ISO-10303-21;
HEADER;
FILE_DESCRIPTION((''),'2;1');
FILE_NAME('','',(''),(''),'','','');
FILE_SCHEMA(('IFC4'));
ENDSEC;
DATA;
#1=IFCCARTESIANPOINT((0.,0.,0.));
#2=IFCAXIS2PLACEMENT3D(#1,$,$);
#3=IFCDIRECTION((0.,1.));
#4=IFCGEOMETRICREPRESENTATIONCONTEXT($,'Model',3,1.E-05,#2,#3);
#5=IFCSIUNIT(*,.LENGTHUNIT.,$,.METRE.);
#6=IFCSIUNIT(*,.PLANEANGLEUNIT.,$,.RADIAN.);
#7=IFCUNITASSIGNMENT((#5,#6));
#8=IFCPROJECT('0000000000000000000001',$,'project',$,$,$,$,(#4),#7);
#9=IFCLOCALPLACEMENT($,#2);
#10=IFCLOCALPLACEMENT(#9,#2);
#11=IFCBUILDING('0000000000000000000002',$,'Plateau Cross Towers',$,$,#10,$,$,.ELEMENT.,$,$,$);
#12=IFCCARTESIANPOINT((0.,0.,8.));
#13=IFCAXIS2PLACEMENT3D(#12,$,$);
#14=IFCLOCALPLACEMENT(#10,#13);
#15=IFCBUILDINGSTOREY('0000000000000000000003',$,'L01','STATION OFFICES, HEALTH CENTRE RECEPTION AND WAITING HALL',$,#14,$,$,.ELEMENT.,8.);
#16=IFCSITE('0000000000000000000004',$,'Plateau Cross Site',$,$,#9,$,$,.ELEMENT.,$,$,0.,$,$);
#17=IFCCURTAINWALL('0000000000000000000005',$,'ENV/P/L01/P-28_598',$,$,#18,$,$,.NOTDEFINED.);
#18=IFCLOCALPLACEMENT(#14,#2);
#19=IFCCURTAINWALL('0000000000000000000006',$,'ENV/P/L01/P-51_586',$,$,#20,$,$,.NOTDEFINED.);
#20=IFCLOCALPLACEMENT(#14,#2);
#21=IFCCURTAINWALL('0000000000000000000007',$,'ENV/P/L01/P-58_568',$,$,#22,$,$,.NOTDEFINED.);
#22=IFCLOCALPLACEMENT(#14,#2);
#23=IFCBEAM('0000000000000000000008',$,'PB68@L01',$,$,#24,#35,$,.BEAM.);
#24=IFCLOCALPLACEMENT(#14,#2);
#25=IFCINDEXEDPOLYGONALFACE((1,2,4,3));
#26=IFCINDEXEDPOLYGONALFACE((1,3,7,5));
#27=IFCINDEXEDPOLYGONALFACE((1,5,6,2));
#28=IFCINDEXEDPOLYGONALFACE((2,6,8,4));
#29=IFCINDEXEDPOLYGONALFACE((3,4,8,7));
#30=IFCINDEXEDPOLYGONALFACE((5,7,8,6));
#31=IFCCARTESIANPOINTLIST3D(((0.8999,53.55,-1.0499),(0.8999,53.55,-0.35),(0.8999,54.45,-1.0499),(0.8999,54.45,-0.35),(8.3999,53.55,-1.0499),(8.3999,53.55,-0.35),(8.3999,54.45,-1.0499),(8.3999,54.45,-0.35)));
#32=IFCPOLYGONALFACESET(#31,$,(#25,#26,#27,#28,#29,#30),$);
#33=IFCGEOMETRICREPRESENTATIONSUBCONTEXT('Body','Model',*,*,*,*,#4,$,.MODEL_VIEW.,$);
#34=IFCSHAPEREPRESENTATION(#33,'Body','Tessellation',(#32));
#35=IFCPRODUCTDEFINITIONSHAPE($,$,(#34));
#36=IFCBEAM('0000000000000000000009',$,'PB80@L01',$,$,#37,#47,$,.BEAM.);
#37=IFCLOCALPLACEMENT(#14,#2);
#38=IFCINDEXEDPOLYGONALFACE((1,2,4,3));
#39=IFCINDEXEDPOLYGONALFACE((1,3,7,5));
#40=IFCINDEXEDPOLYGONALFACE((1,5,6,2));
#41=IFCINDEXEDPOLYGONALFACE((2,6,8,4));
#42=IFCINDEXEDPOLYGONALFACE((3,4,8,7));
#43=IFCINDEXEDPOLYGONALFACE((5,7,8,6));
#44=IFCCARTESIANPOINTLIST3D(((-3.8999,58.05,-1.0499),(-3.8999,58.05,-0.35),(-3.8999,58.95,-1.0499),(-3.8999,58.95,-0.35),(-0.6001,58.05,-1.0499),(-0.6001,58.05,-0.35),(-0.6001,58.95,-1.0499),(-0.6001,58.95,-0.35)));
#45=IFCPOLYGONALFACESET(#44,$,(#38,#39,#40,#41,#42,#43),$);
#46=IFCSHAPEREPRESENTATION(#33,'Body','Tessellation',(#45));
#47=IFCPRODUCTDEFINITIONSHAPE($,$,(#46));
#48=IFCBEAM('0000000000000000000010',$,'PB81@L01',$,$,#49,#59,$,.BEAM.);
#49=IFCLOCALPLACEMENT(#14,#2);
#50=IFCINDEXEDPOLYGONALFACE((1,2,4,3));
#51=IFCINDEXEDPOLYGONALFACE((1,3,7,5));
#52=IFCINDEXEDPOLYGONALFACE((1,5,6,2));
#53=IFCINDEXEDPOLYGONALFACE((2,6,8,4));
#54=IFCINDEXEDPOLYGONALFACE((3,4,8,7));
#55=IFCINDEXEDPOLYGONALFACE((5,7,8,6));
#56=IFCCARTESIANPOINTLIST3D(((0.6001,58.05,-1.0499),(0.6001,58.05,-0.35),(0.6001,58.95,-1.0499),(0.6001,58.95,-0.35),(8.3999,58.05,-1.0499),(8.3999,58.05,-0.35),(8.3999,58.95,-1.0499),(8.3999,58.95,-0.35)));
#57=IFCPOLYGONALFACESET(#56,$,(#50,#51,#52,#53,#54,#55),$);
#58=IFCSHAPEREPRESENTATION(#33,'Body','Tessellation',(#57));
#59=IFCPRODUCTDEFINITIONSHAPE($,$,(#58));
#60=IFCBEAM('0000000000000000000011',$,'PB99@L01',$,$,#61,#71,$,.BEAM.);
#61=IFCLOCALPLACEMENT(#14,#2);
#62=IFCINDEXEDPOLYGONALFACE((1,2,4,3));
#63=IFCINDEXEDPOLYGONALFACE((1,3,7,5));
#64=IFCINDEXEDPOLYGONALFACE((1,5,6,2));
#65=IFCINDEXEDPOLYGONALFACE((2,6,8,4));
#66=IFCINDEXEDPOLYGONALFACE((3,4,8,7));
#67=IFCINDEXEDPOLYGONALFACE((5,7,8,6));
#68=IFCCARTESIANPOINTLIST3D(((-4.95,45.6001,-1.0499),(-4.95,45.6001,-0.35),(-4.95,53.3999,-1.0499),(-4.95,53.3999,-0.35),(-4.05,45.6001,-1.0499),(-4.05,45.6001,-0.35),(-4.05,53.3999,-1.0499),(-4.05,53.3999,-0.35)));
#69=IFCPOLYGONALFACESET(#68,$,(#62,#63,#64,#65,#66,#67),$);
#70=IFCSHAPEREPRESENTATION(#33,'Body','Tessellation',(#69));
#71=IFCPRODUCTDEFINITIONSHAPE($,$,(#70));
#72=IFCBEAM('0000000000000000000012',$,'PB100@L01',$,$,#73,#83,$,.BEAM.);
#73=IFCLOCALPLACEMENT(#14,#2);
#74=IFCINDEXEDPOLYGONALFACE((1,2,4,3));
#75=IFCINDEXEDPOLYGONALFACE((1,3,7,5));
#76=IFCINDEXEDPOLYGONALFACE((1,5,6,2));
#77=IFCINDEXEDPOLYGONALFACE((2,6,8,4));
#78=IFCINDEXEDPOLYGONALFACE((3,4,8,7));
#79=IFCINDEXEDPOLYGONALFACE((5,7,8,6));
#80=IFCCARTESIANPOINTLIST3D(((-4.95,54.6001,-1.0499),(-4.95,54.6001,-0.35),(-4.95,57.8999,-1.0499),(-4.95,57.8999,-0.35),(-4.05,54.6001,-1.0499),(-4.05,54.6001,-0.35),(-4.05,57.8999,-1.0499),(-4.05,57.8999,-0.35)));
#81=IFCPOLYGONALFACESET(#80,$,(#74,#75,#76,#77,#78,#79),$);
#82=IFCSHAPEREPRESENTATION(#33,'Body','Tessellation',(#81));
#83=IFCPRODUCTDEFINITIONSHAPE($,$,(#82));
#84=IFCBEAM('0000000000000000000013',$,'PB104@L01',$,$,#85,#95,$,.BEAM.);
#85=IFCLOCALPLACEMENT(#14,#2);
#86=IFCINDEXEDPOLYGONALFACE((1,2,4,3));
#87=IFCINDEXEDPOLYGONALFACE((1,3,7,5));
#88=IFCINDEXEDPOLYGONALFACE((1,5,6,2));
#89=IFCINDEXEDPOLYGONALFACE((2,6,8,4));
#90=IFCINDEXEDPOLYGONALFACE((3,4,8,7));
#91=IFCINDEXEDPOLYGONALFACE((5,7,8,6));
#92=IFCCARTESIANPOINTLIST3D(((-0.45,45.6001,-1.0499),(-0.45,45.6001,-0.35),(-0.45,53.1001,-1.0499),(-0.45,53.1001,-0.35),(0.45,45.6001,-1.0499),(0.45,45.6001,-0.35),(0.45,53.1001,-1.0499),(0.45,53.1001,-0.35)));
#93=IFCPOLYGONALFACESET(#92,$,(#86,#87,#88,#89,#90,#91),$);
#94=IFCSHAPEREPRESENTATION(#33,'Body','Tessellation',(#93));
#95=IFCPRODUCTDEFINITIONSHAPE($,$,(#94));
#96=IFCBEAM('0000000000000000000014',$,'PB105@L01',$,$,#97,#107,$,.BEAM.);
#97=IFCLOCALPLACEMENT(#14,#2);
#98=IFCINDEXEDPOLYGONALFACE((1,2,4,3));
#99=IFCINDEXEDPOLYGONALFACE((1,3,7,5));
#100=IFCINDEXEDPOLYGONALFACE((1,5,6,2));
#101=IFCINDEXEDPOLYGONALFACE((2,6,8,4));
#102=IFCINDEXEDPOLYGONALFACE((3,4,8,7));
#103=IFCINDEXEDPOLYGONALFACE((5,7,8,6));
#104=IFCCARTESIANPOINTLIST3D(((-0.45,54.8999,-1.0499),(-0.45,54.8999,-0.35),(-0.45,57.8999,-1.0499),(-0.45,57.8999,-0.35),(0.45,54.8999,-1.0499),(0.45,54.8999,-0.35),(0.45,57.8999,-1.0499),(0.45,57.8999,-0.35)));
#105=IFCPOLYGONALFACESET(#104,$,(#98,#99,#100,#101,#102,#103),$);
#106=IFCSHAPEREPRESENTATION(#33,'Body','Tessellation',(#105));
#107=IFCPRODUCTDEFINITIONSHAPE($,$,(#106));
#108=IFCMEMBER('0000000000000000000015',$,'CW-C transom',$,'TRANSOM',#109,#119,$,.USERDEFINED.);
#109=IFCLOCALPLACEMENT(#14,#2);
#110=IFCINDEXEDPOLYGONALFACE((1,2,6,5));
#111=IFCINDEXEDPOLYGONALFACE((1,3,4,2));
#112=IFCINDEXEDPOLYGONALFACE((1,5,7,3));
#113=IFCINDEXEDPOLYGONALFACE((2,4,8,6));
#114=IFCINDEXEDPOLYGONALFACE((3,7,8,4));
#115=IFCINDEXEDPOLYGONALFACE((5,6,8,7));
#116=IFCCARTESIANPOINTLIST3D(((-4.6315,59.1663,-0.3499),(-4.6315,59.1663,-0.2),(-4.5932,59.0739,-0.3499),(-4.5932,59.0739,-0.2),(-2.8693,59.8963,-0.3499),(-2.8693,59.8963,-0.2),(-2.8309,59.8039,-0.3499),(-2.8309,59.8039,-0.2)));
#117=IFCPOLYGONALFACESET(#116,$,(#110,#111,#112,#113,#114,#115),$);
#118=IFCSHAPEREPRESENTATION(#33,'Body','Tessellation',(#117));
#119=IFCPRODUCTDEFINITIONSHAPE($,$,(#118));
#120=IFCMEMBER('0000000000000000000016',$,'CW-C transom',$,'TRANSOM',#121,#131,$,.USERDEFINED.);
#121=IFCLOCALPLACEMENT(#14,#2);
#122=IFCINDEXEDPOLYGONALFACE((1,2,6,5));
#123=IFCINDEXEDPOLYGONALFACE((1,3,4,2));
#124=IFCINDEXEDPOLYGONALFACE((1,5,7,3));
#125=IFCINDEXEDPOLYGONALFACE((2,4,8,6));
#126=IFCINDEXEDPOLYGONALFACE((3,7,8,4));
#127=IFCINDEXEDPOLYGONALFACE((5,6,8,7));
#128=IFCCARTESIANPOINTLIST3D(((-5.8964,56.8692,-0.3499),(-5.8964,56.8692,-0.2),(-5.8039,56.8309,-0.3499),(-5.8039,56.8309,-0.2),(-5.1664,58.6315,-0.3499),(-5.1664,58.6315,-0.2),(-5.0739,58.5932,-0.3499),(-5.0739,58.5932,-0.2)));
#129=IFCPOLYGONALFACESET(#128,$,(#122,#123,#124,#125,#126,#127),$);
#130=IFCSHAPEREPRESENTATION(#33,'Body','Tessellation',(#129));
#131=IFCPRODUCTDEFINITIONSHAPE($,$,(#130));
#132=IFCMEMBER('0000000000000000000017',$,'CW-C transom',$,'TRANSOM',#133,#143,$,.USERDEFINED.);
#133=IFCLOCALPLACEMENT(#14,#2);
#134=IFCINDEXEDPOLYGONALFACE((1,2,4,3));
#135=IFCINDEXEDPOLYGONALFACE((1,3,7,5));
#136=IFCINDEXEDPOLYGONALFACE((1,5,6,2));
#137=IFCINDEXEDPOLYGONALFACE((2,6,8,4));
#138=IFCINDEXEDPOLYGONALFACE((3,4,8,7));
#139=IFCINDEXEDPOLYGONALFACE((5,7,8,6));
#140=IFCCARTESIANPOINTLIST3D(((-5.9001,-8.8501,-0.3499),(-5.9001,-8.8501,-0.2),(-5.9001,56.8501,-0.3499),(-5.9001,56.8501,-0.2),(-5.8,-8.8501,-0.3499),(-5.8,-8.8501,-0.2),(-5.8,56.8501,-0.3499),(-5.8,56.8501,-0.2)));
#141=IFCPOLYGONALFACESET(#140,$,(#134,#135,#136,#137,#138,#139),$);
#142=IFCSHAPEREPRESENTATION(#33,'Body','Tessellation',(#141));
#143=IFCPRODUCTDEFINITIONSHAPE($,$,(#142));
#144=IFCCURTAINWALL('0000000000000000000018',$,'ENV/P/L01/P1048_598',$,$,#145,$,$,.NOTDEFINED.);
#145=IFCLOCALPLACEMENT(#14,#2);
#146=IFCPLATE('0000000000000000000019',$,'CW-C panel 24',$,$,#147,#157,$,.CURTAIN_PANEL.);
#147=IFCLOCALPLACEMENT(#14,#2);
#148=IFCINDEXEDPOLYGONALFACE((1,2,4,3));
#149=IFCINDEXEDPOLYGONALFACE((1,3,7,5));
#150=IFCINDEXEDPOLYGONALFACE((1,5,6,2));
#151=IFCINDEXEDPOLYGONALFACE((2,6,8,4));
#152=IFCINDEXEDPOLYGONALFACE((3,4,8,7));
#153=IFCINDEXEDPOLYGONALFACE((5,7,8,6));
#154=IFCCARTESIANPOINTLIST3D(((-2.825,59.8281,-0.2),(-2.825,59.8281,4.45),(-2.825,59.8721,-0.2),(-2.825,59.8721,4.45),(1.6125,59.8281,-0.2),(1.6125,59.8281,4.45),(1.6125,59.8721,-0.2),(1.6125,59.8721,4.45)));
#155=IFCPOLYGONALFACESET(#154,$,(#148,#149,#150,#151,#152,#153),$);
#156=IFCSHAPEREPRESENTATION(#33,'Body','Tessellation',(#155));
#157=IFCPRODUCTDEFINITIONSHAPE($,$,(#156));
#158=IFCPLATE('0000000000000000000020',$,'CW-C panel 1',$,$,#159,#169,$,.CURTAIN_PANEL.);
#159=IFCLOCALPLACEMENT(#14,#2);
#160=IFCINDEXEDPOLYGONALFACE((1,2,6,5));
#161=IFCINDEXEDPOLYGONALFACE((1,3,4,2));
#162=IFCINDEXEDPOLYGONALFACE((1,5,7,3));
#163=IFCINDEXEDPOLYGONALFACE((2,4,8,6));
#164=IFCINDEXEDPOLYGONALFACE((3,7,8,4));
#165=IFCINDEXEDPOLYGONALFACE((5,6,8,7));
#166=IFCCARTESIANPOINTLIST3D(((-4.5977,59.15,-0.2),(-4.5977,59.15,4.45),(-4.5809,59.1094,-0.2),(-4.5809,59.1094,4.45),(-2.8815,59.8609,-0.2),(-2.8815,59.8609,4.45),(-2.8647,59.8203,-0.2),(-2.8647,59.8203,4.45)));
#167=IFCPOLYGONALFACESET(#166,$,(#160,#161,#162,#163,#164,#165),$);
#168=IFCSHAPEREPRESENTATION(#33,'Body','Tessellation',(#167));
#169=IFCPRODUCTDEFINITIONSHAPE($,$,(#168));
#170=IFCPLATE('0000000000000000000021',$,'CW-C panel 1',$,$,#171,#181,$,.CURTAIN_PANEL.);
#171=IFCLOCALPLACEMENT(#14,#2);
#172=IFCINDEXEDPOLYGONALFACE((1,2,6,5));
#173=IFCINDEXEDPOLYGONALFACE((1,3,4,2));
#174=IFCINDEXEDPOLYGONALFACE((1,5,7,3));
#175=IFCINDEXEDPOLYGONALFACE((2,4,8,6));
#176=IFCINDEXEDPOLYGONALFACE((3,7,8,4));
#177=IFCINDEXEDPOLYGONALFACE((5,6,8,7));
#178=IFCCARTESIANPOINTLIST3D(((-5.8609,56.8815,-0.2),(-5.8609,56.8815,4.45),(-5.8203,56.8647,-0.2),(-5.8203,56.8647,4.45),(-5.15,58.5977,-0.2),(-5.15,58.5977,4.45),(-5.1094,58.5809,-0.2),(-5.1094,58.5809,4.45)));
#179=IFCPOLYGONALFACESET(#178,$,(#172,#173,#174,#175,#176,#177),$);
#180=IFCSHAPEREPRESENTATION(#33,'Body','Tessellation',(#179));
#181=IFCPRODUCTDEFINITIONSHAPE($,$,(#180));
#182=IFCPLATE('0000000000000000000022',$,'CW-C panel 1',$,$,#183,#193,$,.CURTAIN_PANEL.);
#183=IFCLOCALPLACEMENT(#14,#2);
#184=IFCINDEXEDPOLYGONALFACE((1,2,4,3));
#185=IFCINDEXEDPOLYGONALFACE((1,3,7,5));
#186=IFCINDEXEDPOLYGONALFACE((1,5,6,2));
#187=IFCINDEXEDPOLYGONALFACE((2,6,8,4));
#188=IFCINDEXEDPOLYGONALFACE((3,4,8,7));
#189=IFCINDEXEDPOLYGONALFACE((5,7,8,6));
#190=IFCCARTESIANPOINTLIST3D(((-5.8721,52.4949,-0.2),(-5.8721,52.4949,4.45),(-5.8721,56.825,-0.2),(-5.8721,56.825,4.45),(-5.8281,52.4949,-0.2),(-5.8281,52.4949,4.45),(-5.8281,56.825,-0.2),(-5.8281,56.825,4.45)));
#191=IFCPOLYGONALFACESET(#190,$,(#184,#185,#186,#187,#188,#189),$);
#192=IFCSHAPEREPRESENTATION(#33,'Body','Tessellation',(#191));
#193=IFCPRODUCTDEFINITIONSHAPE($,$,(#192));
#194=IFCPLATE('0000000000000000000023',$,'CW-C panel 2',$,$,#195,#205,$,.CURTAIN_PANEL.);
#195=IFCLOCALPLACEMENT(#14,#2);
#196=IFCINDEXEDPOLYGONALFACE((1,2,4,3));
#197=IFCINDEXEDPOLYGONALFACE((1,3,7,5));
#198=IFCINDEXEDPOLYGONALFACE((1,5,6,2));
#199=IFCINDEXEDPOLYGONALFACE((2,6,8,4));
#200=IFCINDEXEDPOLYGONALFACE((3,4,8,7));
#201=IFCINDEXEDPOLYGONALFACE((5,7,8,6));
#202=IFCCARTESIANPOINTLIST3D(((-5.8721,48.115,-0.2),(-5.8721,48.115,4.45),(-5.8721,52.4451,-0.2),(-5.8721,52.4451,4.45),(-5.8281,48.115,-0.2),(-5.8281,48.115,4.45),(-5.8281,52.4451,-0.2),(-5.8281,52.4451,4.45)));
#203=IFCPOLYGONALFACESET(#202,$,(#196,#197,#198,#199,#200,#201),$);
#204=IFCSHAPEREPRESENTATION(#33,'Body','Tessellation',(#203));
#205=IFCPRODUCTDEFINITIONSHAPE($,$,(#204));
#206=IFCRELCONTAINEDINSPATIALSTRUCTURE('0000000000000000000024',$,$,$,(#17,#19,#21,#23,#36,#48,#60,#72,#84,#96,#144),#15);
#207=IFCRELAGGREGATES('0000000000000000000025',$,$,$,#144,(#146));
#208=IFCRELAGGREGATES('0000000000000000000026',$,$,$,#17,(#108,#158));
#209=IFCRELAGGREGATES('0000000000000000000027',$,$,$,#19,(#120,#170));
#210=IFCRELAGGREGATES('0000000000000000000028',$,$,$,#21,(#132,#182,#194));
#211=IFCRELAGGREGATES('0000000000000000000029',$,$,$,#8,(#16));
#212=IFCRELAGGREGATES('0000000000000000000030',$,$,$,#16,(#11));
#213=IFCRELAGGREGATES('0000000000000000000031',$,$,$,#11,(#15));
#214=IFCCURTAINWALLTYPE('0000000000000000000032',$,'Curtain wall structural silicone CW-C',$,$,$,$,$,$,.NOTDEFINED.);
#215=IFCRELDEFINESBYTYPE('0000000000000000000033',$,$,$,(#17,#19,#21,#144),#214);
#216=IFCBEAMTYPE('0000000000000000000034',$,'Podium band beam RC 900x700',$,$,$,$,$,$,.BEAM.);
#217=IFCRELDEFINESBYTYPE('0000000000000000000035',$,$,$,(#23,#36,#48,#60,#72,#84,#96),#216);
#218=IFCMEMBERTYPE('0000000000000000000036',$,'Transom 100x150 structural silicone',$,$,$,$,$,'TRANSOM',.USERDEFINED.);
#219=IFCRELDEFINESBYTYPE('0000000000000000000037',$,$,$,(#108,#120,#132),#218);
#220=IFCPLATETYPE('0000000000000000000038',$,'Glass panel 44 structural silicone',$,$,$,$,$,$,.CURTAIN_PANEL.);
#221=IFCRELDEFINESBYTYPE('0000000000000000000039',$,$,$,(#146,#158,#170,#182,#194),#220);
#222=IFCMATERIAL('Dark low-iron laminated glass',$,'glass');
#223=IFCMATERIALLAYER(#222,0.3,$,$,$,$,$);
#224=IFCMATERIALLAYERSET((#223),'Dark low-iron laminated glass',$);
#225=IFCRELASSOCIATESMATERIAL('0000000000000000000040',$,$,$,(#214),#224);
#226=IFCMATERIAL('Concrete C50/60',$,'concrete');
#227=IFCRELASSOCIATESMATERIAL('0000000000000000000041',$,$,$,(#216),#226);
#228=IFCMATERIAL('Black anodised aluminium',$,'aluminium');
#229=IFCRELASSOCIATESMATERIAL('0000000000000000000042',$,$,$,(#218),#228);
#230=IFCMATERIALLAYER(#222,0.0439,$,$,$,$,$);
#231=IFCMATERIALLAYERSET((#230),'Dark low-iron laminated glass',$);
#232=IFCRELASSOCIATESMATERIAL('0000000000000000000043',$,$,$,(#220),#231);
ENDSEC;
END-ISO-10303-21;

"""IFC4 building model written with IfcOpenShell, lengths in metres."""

from ifc_helpers import new_model, si_unit, direction, frame, origin, origin_2d, place, context, subcontext, project, spatial, rectangle, extrude, material, layer, layer_set, material_profile, profile_set, type_object, element, aggregate, save


model = new_model("IFC4")

# Units and contexts
model_context = context("Model", 3, precision=1e-05, world=origin(), true_north=direction((0.0, 1.0)))
body_context = subcontext(model_context, "Body", "Model", "MODEL_VIEW")
ifc_project = project(units=[si_unit("LENGTHUNIT", "METRE"), si_unit("PLANEANGLEUNIT", "RADIAN")], contexts=[model_context])

# Site, building, storey
site_placement = place(None, origin())
site = spatial("IfcSite", under=ifc_project, at=site_placement, Name="Plateau Cross Site", CompositionType="ELEMENT", RefElevation=0.0)
building_placement = place(site_placement, origin())
building = spatial("IfcBuilding", under=site, at=building_placement, Name="Plateau Cross Towers", CompositionType="ELEMENT")
storey_placement = place(building_placement, frame((0.0, 0.0, 8.0)))
storey = spatial("IfcBuildingStorey", under=building, at=storey_placement, Name="L01", Description="STATION OFFICES, HEALTH CENTRE RECEPTION AND WAITING HALL", CompositionType="ELEMENT", Elevation=8.0)

# Curtain wall
ifc_material_1 = material(Name="Dark low-iron laminated glass", Category="glass")
ifc_layer_1 = layer(ifc_material_1, 0.3)
ifc_layer_set_1 = layer_set([ifc_layer_1], Name="Dark low-iron laminated glass")
curtain_wall_type = type_object("IfcCurtainWallType", Name="Curtain wall structural silicone CW-C", PredefinedType="NOTDEFINED", material=ifc_layer_set_1)
curtain_wall_1_placement = place(storey_placement, origin())
curtain_wall_1 = element("IfcCurtainWall", 1, at=curtain_wall_1_placement, inside=storey, type_object=curtain_wall_type, Name="ENV/P/L01/P-28_598", PredefinedType="NOTDEFINED")
ifc_material_2 = material(Name="Black anodised aluminium", Category="aluminium")

# Curtain wall
curtain_wall_2_placement = place(storey_placement, origin())
curtain_wall_2 = element("IfcCurtainWall", 2, at=curtain_wall_2_placement, inside=storey, type_object=curtain_wall_type, Name="ENV/P/L01/P-51_586", PredefinedType="NOTDEFINED")

# Curtain wall
curtain_wall_3_placement = place(storey_placement, origin())
curtain_wall_3 = element("IfcCurtainWall", 3, at=curtain_wall_3_placement, inside=storey, type_object=curtain_wall_type, Name="ENV/P/L01/P-58_568", PredefinedType="NOTDEFINED")

# Beams
ifc_material_3 = material(Name="Concrete C50/60", Category="concrete")
ifc_material_profile_1 = material_profile(ifc_material_3, rectangle(XDim=0.8999, YDim=0.7, at=origin_2d()), Name="RC 900x700")
ifc_profile_set_1 = profile_set([ifc_material_profile_1], Name="Concrete C50/60")
beam_type = type_object("IfcBeamType", Name="Podium band beam RC 900x700", PredefinedType="BEAM", material=ifc_profile_set_1)
beam_1_placement = place(storey_placement, frame((0.8999, 54.0, -0.7), z_axis=(1.0, 0.0, 0.0), x_axis=(0.0, 1.0, 0.0)))
element("IfcBeam", 4, at=beam_1_placement, inside=storey, type_object=beam_type, Name="PB68@L01", PredefinedType="BEAM", context=body_context, shape_type="SweptSolid", body=[
    extrude(rectangle(XDim=0.8999, YDim=0.7, at=origin_2d()), origin(), (0.0, 0.0, 1.0), 7.5),
])
beam_2_placement = place(storey_placement, frame((-3.8999, 58.5, -0.7), z_axis=(1.0, 0.0, 0.0), x_axis=(0.0, 1.0, 0.0)))
element("IfcBeam", 5, at=beam_2_placement, inside=storey, type_object=beam_type, Name="PB80@L01", PredefinedType="BEAM", context=body_context, shape_type="SweptSolid", body=[
    extrude(rectangle(XDim=0.8999, YDim=0.7, at=origin_2d()), origin(), (0.0, 0.0, 1.0), 3.2998),
])
for number, where, z_axis, x_axis, name in (
    (6, (0.6001, 58.5, -0.7), (1.0, 0.0, 0.0), (0.0, 1.0, 0.0), "PB81@L01"),
    (7, (-4.5, 45.6001, -0.7), (0.0, 1.0, 0.0), (-1.0, 0.0, 0.0), "PB99@L01"),
):
    element("IfcBeam", number, at=place(storey_placement, frame(where, z_axis=z_axis, x_axis=x_axis)), inside=storey, type_object=beam_type, Name=name, PredefinedType="BEAM", context=body_context, shape_type="SweptSolid", body=[
        extrude(rectangle(XDim=0.8999, YDim=0.7, at=origin_2d()), origin(), (0.0, 0.0, 1.0), 7.7998),
    ])
beam_3_placement = place(storey_placement, frame((-4.5, 54.6001, -0.7), z_axis=(0.0, 1.0, 0.0), x_axis=(-1.0, 0.0, 0.0)))
element("IfcBeam", 8, at=beam_3_placement, inside=storey, type_object=beam_type, Name="PB100@L01", PredefinedType="BEAM", context=body_context, shape_type="SweptSolid", body=[
    extrude(rectangle(XDim=0.8999, YDim=0.7, at=origin_2d()), origin(), (0.0, 0.0, 1.0), 3.2998),
])
beam_4_placement = place(storey_placement, frame((0.0, 45.6001, -0.7), z_axis=(0.0, 1.0, 0.0), x_axis=(-1.0, 0.0, 0.0)))
element("IfcBeam", 9, at=beam_4_placement, inside=storey, type_object=beam_type, Name="PB104@L01", PredefinedType="BEAM", context=body_context, shape_type="SweptSolid", body=[
    extrude(rectangle(XDim=0.8999, YDim=0.7, at=origin_2d()), origin(), (0.0, 0.0, 1.0), 7.5),
])
beam_5_placement = place(storey_placement, frame((0.0, 54.8999, -0.7), z_axis=(0.0, 1.0, 0.0), x_axis=(-1.0, 0.0, 0.0)))
element("IfcBeam", 10, at=beam_5_placement, inside=storey, type_object=beam_type, Name="PB105@L01", PredefinedType="BEAM", context=body_context, shape_type="SweptSolid", body=[
    extrude(rectangle(XDim=0.8999, YDim=0.7, at=origin_2d()), origin(), (0.0, 0.0, 1.0), 3.0),
])

# Members
ifc_material_profile_2 = material_profile(ifc_material_2, rectangle(XDim=0.1001, YDim=0.1499, at=origin_2d()), Name="TRANSOM 100x150")
ifc_profile_set_2 = profile_set([ifc_material_profile_2], Name="Black anodised aluminium")
member_type_1 = type_object("IfcMemberType", Name="Transom 100x150 structural silicone", ElementType="TRANSOM", PredefinedType="USERDEFINED", material=ifc_profile_set_2)
member_1_placement = place(storey_placement, frame((-2.8501, 59.8501, -0.2749), z_axis=(-0.92387, -0.382706, 0.0), x_axis=(0.382706, -0.92387, 0.0)))
member_1 = element("IfcMember", 11, at=member_1_placement, type_object=member_type_1, Name="CW-C transom", ObjectType="TRANSOM", PredefinedType="USERDEFINED", context=body_context, shape_type="SweptSolid", body=[
    extrude(rectangle(XDim=0.1001, YDim=0.1499, at=origin_2d()), origin(), (0.0, 0.0, 1.0), 1.9075),
])
member_2_placement = place(storey_placement, frame((-5.1201, 58.6123, -0.2749), z_axis=(-0.382706, -0.92387, 0.0), x_axis=(0.92387, -0.382706, 0.0)))
member_2 = element("IfcMember", 12, at=member_2_placement, type_object=member_type_1, Name="CW-C transom", ObjectType="TRANSOM", PredefinedType="USERDEFINED", context=body_context, shape_type="SweptSolid", body=[
    extrude(rectangle(XDim=0.1001, YDim=0.1499, at=origin_2d()), origin(), (0.0, 0.0, 1.0), 1.9075),
])
member_3_placement = place(storey_placement, frame((-5.8501, 56.8501, -0.2749), z_axis=(0.0, -1.0, 0.0), x_axis=(1.0, 0.0, 0.0)))
member_3 = element("IfcMember", 13, at=member_3_placement, type_object=member_type_1, Name="CW-C transom", ObjectType="TRANSOM", PredefinedType="USERDEFINED", context=body_context, shape_type="SweptSolid", body=[
    extrude(rectangle(XDim=0.1001, YDim=0.1499, at=origin_2d()), origin(), (0.0, 0.0, 1.0), 65.7002),
])

# Curtain wall, plate
curtain_wall_4_placement = place(storey_placement, origin())
curtain_wall_4 = element("IfcCurtainWall", 14, at=curtain_wall_4_placement, inside=storey, type_object=curtain_wall_type, Name="ENV/P/L01/P1048_598", PredefinedType="NOTDEFINED")
ifc_layer_2 = layer(ifc_material_1, 0.0439)
ifc_layer_set_2 = layer_set([ifc_layer_2], Name="Dark low-iron laminated glass")
plate_type = type_object("IfcPlateType", Name="Glass panel 44 structural silicone", PredefinedType="CURTAIN_PANEL", material=ifc_layer_set_2)
plate_1_placement = place(storey_placement, frame((-0.6062, 59.8501, -0.2), z_axis=(0.0, 0.0, 1.0), x_axis=(-1.0, 0.0, 0.0)))
plate_1 = element("IfcPlate", 15, at=plate_1_placement, type_object=plate_type, Name="CW-C panel 24", PredefinedType="CURTAIN_PANEL", context=body_context, shape_type="SweptSolid", body=[
    extrude(rectangle(XDim=4.4375, YDim=0.0439, at=origin_2d()), origin(), (0.0, 0.0, 1.0), 4.6499),
])
aggregate(curtain_wall_4, [plate_1])

# Plates
plate_2_placement = place(storey_placement, frame((-3.7312, 59.4851, -0.2), z_axis=(0.0, 0.0, 1.0), x_axis=(-0.923879, -0.382684, 0.0)))
plate_2 = element("IfcPlate", 16, at=plate_2_placement, type_object=plate_type, Name="CW-C panel 1", PredefinedType="CURTAIN_PANEL", context=body_context, shape_type="SweptSolid", body=[
    extrude(rectangle(XDim=1.8577, YDim=0.0439, at=origin_2d()), origin(), (0.0, 0.0, 1.0), 4.6499),
])
aggregate(curtain_wall_1, [member_1, plate_2])
plate_3_placement = place(storey_placement, frame((-5.4851, 57.7312, -0.2), z_axis=(0.0, 0.0, 1.0), x_axis=(-0.382684, -0.923879, 0.0)))
plate_3 = element("IfcPlate", 17, at=plate_3_placement, type_object=plate_type, Name="CW-C panel 1", PredefinedType="CURTAIN_PANEL", context=body_context, shape_type="SweptSolid", body=[
    extrude(rectangle(XDim=1.8577, YDim=0.0439, at=origin_2d()), origin(), (0.0, 0.0, 1.0), 4.6499),
])
aggregate(curtain_wall_2, [member_2, plate_3])
plate_4_placement = place(storey_placement, frame((-5.8501, 54.6599, -0.2), z_axis=(0.0, 0.0, 1.0), x_axis=(0.0, -1.0, 0.0)))
plate_4 = element("IfcPlate", 18, at=plate_4_placement, type_object=plate_type, Name="CW-C panel 1", PredefinedType="CURTAIN_PANEL", context=body_context, shape_type="SweptSolid", body=[
    extrude(rectangle(XDim=4.3301, YDim=0.0439, at=origin_2d()), origin(), (0.0, 0.0, 1.0), 4.6499),
])
plate_5_placement = place(storey_placement, frame((-5.8501, 50.28, -0.2), z_axis=(0.0, 0.0, 1.0), x_axis=(0.0, -1.0, 0.0)))
plate_5 = element("IfcPlate", 19, at=plate_5_placement, type_object=plate_type, Name="CW-C panel 2", PredefinedType="CURTAIN_PANEL", context=body_context, shape_type="SweptSolid", body=[
    extrude(rectangle(XDim=4.3301, YDim=0.0439, at=origin_2d()), origin(), (0.0, 0.0, 1.0), 4.6499),
])
aggregate(curtain_wall_3, [member_3, plate_4, plate_5])

save(model, "model.ifc")
